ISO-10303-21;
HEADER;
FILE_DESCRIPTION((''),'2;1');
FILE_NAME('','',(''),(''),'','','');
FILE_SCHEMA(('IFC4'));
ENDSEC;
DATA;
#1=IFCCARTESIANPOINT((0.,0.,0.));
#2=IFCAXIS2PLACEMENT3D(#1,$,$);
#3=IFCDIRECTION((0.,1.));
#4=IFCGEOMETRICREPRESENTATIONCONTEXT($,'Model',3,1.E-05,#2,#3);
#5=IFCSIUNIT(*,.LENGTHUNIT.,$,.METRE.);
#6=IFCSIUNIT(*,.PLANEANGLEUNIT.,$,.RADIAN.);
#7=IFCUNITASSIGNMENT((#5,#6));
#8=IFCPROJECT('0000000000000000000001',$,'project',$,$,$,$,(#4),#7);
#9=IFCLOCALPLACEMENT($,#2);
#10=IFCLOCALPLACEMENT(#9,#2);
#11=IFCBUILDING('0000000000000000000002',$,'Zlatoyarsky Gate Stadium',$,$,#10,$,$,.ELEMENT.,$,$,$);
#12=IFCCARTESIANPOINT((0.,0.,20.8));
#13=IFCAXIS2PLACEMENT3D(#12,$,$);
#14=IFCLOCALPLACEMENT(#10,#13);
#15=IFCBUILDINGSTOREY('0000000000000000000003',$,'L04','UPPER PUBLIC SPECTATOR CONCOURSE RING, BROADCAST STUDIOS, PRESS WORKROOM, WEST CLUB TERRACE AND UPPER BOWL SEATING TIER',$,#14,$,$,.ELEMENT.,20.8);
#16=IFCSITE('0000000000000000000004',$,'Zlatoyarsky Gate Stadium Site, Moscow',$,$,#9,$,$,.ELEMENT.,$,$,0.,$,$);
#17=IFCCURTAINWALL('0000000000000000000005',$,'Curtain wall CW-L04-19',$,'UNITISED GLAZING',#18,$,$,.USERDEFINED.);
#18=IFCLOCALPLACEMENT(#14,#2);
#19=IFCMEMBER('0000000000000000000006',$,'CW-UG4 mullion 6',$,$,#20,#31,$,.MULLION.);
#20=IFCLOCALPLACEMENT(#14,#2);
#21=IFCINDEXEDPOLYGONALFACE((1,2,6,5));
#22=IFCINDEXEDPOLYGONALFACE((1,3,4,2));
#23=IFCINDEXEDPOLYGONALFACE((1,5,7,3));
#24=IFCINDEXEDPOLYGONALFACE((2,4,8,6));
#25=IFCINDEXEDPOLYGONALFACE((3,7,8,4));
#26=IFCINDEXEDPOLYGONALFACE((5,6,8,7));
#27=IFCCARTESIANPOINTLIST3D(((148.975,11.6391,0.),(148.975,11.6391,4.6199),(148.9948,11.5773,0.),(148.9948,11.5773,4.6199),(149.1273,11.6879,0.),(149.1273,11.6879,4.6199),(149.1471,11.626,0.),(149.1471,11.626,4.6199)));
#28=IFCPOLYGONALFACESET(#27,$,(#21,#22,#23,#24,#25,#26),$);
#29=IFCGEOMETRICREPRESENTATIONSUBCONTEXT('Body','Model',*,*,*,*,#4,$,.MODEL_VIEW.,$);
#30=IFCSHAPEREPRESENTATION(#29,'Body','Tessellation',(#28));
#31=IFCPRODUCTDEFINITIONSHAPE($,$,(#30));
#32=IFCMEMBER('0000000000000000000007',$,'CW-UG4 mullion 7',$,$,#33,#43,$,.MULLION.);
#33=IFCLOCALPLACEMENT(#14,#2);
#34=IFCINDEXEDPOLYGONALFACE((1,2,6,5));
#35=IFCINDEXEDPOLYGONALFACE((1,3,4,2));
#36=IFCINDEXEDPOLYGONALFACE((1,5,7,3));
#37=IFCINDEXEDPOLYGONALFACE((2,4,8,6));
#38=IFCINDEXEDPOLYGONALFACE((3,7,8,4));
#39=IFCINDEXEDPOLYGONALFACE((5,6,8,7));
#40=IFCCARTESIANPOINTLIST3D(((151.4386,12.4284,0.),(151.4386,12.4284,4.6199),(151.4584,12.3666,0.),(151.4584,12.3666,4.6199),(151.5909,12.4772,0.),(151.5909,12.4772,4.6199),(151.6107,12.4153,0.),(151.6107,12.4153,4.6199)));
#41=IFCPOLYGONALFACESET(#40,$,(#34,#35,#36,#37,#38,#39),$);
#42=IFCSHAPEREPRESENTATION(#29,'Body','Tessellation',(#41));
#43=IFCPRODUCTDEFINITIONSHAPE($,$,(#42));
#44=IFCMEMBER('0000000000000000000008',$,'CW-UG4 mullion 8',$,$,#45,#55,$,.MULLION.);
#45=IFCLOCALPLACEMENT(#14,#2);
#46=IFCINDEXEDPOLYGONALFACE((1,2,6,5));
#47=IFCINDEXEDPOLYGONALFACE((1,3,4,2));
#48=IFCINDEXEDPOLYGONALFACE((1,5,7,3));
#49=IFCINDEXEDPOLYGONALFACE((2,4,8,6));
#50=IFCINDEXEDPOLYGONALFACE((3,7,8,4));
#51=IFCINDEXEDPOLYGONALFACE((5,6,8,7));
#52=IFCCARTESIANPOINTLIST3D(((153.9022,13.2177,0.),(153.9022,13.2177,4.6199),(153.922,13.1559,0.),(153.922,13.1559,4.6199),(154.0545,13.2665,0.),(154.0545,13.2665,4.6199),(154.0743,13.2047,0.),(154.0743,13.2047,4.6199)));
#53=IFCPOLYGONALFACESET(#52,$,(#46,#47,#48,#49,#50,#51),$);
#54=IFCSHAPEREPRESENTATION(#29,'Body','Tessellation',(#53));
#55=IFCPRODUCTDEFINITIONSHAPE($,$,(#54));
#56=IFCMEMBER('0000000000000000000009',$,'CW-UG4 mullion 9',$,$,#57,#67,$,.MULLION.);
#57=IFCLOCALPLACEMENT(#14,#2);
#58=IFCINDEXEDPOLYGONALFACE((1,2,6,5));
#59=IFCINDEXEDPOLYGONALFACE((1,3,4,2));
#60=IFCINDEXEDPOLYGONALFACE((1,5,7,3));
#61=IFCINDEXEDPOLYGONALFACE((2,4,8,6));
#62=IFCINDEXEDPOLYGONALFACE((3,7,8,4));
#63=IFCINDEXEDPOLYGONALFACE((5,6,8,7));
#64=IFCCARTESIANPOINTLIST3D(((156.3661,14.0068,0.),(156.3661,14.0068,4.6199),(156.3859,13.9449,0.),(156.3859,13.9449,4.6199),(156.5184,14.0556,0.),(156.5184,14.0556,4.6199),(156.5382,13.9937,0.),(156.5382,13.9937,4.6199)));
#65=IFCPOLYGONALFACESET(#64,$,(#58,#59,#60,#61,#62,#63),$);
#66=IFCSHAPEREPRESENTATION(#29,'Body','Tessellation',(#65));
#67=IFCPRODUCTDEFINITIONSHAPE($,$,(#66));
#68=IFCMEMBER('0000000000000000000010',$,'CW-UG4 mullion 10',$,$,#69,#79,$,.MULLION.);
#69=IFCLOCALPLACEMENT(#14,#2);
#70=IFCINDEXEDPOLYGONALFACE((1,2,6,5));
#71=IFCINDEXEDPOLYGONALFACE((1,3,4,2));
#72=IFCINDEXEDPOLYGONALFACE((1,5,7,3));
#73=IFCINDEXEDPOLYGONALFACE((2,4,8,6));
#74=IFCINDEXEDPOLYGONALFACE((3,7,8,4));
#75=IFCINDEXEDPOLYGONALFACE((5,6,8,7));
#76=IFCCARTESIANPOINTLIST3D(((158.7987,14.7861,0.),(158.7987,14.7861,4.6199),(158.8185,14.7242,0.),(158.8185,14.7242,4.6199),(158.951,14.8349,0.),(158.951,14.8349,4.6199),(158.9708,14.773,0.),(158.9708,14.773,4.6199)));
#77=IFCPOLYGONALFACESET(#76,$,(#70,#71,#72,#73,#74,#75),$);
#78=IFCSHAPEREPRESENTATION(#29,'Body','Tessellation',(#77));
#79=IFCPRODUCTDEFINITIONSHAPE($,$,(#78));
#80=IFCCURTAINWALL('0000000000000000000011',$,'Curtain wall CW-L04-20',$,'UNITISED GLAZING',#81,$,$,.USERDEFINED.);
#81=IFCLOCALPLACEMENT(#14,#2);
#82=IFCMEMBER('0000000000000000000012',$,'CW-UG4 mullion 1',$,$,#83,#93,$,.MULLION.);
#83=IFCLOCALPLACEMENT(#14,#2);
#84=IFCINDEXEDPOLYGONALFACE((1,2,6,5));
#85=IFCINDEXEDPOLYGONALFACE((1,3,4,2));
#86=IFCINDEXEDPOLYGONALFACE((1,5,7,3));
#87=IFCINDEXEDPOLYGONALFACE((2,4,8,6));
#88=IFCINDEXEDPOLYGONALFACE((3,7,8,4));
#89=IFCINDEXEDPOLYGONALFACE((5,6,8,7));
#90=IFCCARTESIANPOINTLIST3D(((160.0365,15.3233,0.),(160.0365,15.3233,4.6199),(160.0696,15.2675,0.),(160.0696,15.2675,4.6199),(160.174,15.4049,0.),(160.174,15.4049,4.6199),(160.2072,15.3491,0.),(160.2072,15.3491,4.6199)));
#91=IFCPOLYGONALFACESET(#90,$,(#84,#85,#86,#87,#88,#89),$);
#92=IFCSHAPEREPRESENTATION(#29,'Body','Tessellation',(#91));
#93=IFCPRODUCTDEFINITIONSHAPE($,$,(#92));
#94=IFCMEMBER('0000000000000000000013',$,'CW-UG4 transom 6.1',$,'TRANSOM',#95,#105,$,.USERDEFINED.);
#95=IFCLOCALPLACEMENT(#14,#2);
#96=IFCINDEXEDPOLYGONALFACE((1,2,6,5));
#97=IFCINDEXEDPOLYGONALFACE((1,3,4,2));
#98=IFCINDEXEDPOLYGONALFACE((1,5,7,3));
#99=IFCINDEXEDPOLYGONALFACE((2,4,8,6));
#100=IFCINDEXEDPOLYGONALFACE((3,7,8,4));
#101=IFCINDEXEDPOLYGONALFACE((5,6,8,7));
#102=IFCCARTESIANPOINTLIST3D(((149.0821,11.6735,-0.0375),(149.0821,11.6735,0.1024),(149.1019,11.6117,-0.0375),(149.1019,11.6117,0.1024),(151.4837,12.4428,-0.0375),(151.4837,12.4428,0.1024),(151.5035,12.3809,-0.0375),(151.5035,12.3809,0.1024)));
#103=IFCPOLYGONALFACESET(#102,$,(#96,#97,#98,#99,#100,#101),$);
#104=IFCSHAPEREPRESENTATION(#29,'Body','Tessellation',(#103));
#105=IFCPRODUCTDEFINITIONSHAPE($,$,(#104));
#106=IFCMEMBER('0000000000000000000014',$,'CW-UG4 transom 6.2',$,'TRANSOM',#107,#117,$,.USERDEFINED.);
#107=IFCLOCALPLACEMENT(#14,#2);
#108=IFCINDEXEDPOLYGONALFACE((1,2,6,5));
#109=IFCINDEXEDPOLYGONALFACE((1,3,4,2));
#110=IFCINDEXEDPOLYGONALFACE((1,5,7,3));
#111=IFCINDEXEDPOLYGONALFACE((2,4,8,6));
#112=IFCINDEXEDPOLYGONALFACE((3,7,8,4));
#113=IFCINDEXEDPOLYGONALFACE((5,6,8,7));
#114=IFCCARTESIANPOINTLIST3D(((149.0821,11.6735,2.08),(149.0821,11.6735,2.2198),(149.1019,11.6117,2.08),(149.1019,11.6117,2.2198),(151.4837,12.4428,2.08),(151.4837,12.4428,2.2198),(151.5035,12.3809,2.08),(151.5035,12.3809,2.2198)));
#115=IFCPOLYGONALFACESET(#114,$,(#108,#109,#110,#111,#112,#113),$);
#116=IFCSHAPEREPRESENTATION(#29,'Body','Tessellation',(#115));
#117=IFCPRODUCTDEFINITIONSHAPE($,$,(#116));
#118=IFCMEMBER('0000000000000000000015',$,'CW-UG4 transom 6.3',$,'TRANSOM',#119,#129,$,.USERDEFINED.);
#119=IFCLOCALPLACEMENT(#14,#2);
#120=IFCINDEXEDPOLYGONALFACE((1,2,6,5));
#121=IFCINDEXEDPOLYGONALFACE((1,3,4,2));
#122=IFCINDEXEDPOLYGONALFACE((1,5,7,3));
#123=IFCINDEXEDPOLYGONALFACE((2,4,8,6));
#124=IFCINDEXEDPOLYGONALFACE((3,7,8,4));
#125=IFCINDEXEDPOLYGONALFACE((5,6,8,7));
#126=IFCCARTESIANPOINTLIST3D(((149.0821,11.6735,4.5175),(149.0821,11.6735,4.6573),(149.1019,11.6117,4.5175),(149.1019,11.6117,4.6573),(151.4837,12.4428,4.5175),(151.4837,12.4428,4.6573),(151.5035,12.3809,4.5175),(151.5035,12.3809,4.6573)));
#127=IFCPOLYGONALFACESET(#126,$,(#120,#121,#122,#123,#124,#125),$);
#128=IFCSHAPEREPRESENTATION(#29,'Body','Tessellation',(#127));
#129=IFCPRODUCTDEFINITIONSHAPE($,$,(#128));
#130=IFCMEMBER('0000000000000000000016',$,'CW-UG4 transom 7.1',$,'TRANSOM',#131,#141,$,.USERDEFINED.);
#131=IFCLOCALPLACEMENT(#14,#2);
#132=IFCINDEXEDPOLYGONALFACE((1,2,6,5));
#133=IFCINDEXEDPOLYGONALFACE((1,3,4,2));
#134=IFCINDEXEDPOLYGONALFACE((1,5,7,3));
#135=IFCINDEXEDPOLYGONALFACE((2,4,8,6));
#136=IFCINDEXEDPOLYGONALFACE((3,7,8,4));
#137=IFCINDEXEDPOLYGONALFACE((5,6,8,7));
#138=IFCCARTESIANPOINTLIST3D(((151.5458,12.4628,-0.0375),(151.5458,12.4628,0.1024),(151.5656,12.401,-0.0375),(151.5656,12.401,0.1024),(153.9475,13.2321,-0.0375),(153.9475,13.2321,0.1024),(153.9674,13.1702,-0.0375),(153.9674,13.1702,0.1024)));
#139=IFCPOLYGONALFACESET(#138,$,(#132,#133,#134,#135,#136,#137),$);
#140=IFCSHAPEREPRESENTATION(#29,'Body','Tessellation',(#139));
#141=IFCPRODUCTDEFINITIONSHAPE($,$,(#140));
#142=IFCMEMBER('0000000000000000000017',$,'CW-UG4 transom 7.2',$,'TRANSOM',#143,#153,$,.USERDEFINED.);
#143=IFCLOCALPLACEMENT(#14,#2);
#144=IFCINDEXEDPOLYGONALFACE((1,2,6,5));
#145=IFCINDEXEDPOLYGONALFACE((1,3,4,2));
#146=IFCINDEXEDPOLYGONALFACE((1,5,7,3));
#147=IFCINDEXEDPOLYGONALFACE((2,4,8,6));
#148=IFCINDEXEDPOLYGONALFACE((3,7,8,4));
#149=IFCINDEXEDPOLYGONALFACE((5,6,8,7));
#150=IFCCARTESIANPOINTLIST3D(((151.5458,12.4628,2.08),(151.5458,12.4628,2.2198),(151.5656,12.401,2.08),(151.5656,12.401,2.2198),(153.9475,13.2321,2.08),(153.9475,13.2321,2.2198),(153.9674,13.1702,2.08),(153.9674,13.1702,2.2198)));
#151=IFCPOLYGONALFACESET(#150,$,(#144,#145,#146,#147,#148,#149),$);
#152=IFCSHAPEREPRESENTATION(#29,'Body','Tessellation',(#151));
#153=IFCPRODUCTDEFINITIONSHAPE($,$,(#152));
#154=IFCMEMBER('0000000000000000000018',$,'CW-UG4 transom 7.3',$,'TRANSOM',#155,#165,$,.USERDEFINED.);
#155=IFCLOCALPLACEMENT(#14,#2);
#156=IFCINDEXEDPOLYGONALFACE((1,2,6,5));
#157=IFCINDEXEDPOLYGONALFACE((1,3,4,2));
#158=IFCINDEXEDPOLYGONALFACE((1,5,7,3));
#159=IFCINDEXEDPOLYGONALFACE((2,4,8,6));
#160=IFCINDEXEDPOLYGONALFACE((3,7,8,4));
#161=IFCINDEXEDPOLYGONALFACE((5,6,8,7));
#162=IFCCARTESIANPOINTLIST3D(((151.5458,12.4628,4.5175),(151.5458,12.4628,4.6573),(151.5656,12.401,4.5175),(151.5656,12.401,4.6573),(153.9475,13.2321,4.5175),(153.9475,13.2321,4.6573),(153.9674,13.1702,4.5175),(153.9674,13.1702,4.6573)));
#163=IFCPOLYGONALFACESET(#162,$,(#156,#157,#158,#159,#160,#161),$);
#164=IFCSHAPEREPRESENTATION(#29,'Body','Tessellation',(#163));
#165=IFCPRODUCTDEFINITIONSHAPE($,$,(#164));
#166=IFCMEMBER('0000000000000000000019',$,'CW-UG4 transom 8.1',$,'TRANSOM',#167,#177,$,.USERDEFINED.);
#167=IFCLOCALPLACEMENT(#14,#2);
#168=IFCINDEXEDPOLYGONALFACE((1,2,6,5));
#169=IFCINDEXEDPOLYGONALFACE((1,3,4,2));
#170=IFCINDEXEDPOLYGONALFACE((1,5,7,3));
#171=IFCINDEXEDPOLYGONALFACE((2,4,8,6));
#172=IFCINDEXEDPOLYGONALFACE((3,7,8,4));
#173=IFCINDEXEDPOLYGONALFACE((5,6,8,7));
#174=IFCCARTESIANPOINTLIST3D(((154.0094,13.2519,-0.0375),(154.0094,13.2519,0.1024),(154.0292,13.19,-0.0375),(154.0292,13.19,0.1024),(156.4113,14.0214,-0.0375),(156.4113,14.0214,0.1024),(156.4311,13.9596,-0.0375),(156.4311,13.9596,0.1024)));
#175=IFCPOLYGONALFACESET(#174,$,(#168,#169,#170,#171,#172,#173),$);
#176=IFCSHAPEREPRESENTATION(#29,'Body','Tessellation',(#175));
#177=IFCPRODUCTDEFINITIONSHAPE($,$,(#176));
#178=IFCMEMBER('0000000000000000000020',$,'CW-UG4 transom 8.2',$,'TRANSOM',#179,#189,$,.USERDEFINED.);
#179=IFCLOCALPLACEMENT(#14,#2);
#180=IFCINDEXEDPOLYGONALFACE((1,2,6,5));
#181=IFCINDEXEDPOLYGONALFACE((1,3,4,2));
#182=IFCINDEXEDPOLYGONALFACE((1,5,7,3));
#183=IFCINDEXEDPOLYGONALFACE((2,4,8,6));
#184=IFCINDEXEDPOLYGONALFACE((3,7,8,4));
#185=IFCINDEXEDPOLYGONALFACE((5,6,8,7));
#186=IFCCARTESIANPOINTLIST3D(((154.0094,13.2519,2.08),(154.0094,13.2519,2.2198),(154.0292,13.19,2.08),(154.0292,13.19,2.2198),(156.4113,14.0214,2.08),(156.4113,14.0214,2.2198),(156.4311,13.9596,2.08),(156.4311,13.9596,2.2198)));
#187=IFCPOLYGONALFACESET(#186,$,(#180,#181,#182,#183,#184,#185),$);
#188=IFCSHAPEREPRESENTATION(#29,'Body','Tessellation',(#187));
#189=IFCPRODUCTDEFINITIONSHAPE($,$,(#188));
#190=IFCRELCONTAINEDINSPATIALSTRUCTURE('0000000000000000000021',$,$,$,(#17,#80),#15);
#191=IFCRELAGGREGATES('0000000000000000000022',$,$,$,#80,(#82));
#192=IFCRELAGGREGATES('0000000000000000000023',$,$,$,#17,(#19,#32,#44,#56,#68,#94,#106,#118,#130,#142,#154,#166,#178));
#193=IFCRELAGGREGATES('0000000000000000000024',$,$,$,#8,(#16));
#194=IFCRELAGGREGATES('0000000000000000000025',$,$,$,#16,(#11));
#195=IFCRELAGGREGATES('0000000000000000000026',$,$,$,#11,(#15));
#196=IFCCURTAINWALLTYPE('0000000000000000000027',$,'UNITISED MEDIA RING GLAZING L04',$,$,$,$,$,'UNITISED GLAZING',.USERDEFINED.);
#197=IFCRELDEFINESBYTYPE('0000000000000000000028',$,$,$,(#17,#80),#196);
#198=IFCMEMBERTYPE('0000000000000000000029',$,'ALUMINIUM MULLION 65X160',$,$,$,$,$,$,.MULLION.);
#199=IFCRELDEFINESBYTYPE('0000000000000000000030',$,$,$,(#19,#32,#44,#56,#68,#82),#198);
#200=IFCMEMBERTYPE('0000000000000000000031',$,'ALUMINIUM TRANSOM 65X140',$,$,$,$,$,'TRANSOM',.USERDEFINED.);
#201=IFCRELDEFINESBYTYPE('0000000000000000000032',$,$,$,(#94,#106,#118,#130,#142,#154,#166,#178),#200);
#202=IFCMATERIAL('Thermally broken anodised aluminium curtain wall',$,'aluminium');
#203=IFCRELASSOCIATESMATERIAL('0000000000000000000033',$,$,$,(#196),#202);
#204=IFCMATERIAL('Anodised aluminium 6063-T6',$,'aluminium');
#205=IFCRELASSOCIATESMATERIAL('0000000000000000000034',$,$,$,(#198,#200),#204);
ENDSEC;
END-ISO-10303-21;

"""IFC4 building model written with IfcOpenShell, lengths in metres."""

from ifc_helpers import new_model, si_unit, direction, frame, origin, origin_2d, place, context, subcontext, project, spatial, rectangle, extrude, material, material_profile, profile_set, type_object, element, aggregate, save


model = new_model("IFC4")

# Units and contexts
model_context = context("Model", 3, precision=1e-05, world=origin(), true_north=direction((0.0, 1.0)))
body_context = subcontext(model_context, "Body", "Model", "MODEL_VIEW")
ifc_project = project(units=[si_unit("LENGTHUNIT", "METRE"), si_unit("PLANEANGLEUNIT", "RADIAN")], contexts=[model_context])

# Site, building, storey
site_placement = place(None, origin())
site = spatial("IfcSite", under=ifc_project, at=site_placement, Name="Zlatoyarsky Gate Stadium Site, Moscow", CompositionType="ELEMENT", RefElevation=0.0)
building_placement = place(site_placement, origin())
building = spatial("IfcBuilding", under=site, at=building_placement, Name="Zlatoyarsky Gate Stadium", CompositionType="ELEMENT")
storey_placement = place(building_placement, frame((0.0, 0.0, 20.8)))
storey = spatial("IfcBuildingStorey", under=building, at=storey_placement, Name="L04", Description="UPPER PUBLIC SPECTATOR CONCOURSE RING, BROADCAST STUDIOS, PRESS WORKROOM, WEST CLUB TERRACE AND UPPER BOWL SEATING TIER", CompositionType="ELEMENT", Elevation=20.8)

# Curtain wall, members
ifc_material_1 = material(Name="Thermally broken anodised aluminium curtain wall", Category="aluminium")
curtain_wall_type = type_object("IfcCurtainWallType", Name="UNITISED MEDIA RING GLAZING L04", ElementType="UNITISED GLAZING", PredefinedType="USERDEFINED", material=ifc_material_1)
curtain_wall_1_placement = place(storey_placement, origin())
curtain_wall_1 = element("IfcCurtainWall", 1, at=curtain_wall_1_placement, inside=storey, type_object=curtain_wall_type, Name="Curtain wall CW-L04-19", ObjectType="UNITISED GLAZING", PredefinedType="USERDEFINED")
ifc_material_2 = material(Name="Anodised aluminium 6063-T6", Category="aluminium")
ifc_material_profile_1 = material_profile(ifc_material_2, rectangle(XDim=0.0649, YDim=0.1599, at=origin_2d()), Name="ALU 65X160")
ifc_profile_set_1 = profile_set([ifc_material_profile_1], Name="Anodised aluminium 6063-T6")
member_type_1 = type_object("IfcMemberType", Name="ALUMINIUM MULLION 65X160", PredefinedType="MULLION", material=ifc_profile_set_1)
member_1_placement = place(storey_placement, frame((149.061, 11.6326, 0.0), z_axis=(0.0, 0.0, 1.0), x_axis=(-0.305066, 0.952331, 0.0)))
member_1 = element("IfcMember", 2, at=member_1_placement, type_object=member_type_1, Name="CW-UG4 mullion 6", PredefinedType="MULLION", context=body_context, shape_type="SweptSolid", body=[
    extrude(rectangle(XDim=0.0649, YDim=0.1599, at=origin_2d()), origin(), (0.0, 0.0, 1.0), 4.6199),
])
member_2_placement = place(storey_placement, frame((151.5247, 12.4219, 0.0), z_axis=(0.0, 0.0, 1.0), x_axis=(-0.305066, 0.952331, 0.0)))
member_2 = element("IfcMember", 3, at=member_2_placement, type_object=member_type_1, Name="CW-UG4 mullion 7", PredefinedType="MULLION", context=body_context, shape_type="SweptSolid", body=[
    extrude(rectangle(XDim=0.0649, YDim=0.1599, at=origin_2d()), origin(), (0.0, 0.0, 1.0), 4.6199),
])
member_3_placement = place(storey_placement, frame((153.9883, 13.2112, 0.0), z_axis=(0.0, 0.0, 1.0), x_axis=(-0.305066, 0.952331, 0.0)))
member_3 = element("IfcMember", 4, at=member_3_placement, type_object=member_type_1, Name="CW-UG4 mullion 8", PredefinedType="MULLION", context=body_context, shape_type="SweptSolid", body=[
    extrude(rectangle(XDim=0.0649, YDim=0.1599, at=origin_2d()), origin(), (0.0, 0.0, 1.0), 4.6199),
])
member_4_placement = place(storey_placement, frame((156.4521, 14.0002, 0.0), z_axis=(0.0, 0.0, 1.0), x_axis=(-0.305066, 0.952331, 0.0)))
member_4 = element("IfcMember", 5, at=member_4_placement, type_object=member_type_1, Name="CW-UG4 mullion 9", PredefinedType="MULLION", context=body_context, shape_type="SweptSolid", body=[
    extrude(rectangle(XDim=0.0649, YDim=0.1599, at=origin_2d()), origin(), (0.0, 0.0, 1.0), 4.6199),
])
member_5_placement = place(storey_placement, frame((158.8848, 14.7795, 0.0), z_axis=(0.0, 0.0, 1.0), x_axis=(-0.305066, 0.952331, 0.0)))
member_5 = element("IfcMember", 6, at=member_5_placement, type_object=member_type_1, Name="CW-UG4 mullion 10", PredefinedType="MULLION", context=body_context, shape_type="SweptSolid", body=[
    extrude(rectangle(XDim=0.0649, YDim=0.1599, at=origin_2d()), origin(), (0.0, 0.0, 1.0), 4.6199),
])

# Curtain wall, member
curtain_wall_2_placement = place(storey_placement, origin())
curtain_wall_2 = element("IfcCurtainWall", 7, at=curtain_wall_2_placement, inside=storey, type_object=curtain_wall_type, Name="Curtain wall CW-L04-20", ObjectType="UNITISED GLAZING", PredefinedType="USERDEFINED")
member_6_placement = place(storey_placement, frame((160.1218, 15.3362, 0.0), z_axis=(0.0, 0.0, 1.0), x_axis=(-0.51033, 0.859978, 0.0)))
member_6 = element("IfcMember", 8, at=member_6_placement, type_object=member_type_1, Name="CW-UG4 mullion 1", PredefinedType="MULLION", context=body_context, shape_type="SweptSolid", body=[
    extrude(rectangle(XDim=0.0649, YDim=0.1599, at=origin_2d()), origin(), (0.0, 0.0, 1.0), 4.6199),
])

# Members
ifc_material_profile_2 = material_profile(ifc_material_2, rectangle(XDim=0.0649, YDim=0.1399, at=origin_2d()), Name="ALU 65X140")
ifc_profile_set_2 = profile_set([ifc_material_profile_2], Name="Anodised aluminium 6063-T6")
member_type_2 = type_object("IfcMemberType", Name="ALUMINIUM TRANSOM 65X140", ElementType="TRANSOM", PredefinedType="USERDEFINED", material=ifc_profile_set_2)
member_7_placement = place(storey_placement, frame((149.092, 11.6426, 0.0325), z_axis=(0.952335, 0.305053, 0.0), x_axis=(-0.305053, 0.952335, 0.0)))
member_7 = element("IfcMember", 9, at=member_7_placement, type_object=member_type_2, Name="CW-UG4 transom 6.1", ObjectType="TRANSOM", PredefinedType="USERDEFINED", context=body_context, shape_type="SweptSolid", body=[
    extrude(rectangle(XDim=0.0649, YDim=0.1399, at=origin_2d()), origin(), (0.0, 0.0, 1.0), 2.5217),
])
member_8_placement = place(storey_placement, frame((149.092, 11.6426, 2.1499), z_axis=(0.952335, 0.305053, 0.0), x_axis=(-0.305053, 0.952335, 0.0)))
member_8 = element("IfcMember", 10, at=member_8_placement, type_object=member_type_2, Name="CW-UG4 transom 6.2", ObjectType="TRANSOM", PredefinedType="USERDEFINED", context=body_context, shape_type="SweptSolid", body=[
    extrude(rectangle(XDim=0.0649, YDim=0.1399, at=origin_2d()), origin(), (0.0, 0.0, 1.0), 2.5217),
])
member_9_placement = place(storey_placement, frame((149.092, 11.6426, 4.5874), z_axis=(0.952335, 0.305053, 0.0), x_axis=(-0.305053, 0.952335, 0.0)))
member_9 = element("IfcMember", 11, at=member_9_placement, type_object=member_type_2, Name="CW-UG4 transom 6.3", ObjectType="TRANSOM", PredefinedType="USERDEFINED", context=body_context, shape_type="SweptSolid", body=[
    extrude(rectangle(XDim=0.0649, YDim=0.1399, at=origin_2d()), origin(), (0.0, 0.0, 1.0), 2.5217),
])
member_10_placement = place(storey_placement, frame((151.5557, 12.4319, 0.0325), z_axis=(0.952344, 0.305025, 0.0), x_axis=(-0.305025, 0.952344, 0.0)))
member_10 = element("IfcMember", 12, at=member_10_placement, type_object=member_type_2, Name="CW-UG4 transom 7.1", ObjectType="TRANSOM", PredefinedType="USERDEFINED", context=body_context, shape_type="SweptSolid", body=[
    extrude(rectangle(XDim=0.0649, YDim=0.1399, at=origin_2d()), origin(), (0.0, 0.0, 1.0), 2.522),
])
member_11_placement = place(storey_placement, frame((151.5557, 12.4319, 2.1499), z_axis=(0.952344, 0.305025, 0.0), x_axis=(-0.305025, 0.952344, 0.0)))
member_11 = element("IfcMember", 13, at=member_11_placement, type_object=member_type_2, Name="CW-UG4 transom 7.2", ObjectType="TRANSOM", PredefinedType="USERDEFINED", context=body_context, shape_type="SweptSolid", body=[
    extrude(rectangle(XDim=0.0649, YDim=0.1399, at=origin_2d()), origin(), (0.0, 0.0, 1.0), 2.522),
])
member_12_placement = place(storey_placement, frame((151.5557, 12.4319, 4.5874), z_axis=(0.952344, 0.305025, 0.0), x_axis=(-0.305025, 0.952344, 0.0)))
member_12 = element("IfcMember", 14, at=member_12_placement, type_object=member_type_2, Name="CW-UG4 transom 7.3", ObjectType="TRANSOM", PredefinedType="USERDEFINED", context=body_context, shape_type="SweptSolid", body=[
    extrude(rectangle(XDim=0.0649, YDim=0.1399, at=origin_2d()), origin(), (0.0, 0.0, 1.0), 2.522),
])
member_13_placement = place(storey_placement, frame((154.0193, 13.2209, 0.0325), z_axis=(0.952316, 0.305113, 0.0), x_axis=(-0.305113, 0.952316, 0.0)))
member_13 = element("IfcMember", 15, at=member_13_placement, type_object=member_type_2, Name="CW-UG4 transom 8.1", ObjectType="TRANSOM", PredefinedType="USERDEFINED", context=body_context, shape_type="SweptSolid", body=[
    extrude(rectangle(XDim=0.0649, YDim=0.1399, at=origin_2d()), origin(), (0.0, 0.0, 1.0), 2.5222),
])
member_14_placement = place(storey_placement, frame((154.0193, 13.2209, 2.1499), z_axis=(0.952316, 0.305113, 0.0), x_axis=(-0.305113, 0.952316, 0.0)))
member_14 = element("IfcMember", 16, at=member_14_placement, type_object=member_type_2, Name="CW-UG4 transom 8.2", ObjectType="TRANSOM", PredefinedType="USERDEFINED", context=body_context, shape_type="SweptSolid", body=[
    extrude(rectangle(XDim=0.0649, YDim=0.1399, at=origin_2d()), origin(), (0.0, 0.0, 1.0), 2.5222),
])
aggregate(curtain_wall_2, [member_6])

aggregate(curtain_wall_1, [member_1, member_2, member_3, member_4, member_5, member_7, member_8, member_9, member_10, member_11, member_12, member_13, member_14])

save(model, "model.ifc")
